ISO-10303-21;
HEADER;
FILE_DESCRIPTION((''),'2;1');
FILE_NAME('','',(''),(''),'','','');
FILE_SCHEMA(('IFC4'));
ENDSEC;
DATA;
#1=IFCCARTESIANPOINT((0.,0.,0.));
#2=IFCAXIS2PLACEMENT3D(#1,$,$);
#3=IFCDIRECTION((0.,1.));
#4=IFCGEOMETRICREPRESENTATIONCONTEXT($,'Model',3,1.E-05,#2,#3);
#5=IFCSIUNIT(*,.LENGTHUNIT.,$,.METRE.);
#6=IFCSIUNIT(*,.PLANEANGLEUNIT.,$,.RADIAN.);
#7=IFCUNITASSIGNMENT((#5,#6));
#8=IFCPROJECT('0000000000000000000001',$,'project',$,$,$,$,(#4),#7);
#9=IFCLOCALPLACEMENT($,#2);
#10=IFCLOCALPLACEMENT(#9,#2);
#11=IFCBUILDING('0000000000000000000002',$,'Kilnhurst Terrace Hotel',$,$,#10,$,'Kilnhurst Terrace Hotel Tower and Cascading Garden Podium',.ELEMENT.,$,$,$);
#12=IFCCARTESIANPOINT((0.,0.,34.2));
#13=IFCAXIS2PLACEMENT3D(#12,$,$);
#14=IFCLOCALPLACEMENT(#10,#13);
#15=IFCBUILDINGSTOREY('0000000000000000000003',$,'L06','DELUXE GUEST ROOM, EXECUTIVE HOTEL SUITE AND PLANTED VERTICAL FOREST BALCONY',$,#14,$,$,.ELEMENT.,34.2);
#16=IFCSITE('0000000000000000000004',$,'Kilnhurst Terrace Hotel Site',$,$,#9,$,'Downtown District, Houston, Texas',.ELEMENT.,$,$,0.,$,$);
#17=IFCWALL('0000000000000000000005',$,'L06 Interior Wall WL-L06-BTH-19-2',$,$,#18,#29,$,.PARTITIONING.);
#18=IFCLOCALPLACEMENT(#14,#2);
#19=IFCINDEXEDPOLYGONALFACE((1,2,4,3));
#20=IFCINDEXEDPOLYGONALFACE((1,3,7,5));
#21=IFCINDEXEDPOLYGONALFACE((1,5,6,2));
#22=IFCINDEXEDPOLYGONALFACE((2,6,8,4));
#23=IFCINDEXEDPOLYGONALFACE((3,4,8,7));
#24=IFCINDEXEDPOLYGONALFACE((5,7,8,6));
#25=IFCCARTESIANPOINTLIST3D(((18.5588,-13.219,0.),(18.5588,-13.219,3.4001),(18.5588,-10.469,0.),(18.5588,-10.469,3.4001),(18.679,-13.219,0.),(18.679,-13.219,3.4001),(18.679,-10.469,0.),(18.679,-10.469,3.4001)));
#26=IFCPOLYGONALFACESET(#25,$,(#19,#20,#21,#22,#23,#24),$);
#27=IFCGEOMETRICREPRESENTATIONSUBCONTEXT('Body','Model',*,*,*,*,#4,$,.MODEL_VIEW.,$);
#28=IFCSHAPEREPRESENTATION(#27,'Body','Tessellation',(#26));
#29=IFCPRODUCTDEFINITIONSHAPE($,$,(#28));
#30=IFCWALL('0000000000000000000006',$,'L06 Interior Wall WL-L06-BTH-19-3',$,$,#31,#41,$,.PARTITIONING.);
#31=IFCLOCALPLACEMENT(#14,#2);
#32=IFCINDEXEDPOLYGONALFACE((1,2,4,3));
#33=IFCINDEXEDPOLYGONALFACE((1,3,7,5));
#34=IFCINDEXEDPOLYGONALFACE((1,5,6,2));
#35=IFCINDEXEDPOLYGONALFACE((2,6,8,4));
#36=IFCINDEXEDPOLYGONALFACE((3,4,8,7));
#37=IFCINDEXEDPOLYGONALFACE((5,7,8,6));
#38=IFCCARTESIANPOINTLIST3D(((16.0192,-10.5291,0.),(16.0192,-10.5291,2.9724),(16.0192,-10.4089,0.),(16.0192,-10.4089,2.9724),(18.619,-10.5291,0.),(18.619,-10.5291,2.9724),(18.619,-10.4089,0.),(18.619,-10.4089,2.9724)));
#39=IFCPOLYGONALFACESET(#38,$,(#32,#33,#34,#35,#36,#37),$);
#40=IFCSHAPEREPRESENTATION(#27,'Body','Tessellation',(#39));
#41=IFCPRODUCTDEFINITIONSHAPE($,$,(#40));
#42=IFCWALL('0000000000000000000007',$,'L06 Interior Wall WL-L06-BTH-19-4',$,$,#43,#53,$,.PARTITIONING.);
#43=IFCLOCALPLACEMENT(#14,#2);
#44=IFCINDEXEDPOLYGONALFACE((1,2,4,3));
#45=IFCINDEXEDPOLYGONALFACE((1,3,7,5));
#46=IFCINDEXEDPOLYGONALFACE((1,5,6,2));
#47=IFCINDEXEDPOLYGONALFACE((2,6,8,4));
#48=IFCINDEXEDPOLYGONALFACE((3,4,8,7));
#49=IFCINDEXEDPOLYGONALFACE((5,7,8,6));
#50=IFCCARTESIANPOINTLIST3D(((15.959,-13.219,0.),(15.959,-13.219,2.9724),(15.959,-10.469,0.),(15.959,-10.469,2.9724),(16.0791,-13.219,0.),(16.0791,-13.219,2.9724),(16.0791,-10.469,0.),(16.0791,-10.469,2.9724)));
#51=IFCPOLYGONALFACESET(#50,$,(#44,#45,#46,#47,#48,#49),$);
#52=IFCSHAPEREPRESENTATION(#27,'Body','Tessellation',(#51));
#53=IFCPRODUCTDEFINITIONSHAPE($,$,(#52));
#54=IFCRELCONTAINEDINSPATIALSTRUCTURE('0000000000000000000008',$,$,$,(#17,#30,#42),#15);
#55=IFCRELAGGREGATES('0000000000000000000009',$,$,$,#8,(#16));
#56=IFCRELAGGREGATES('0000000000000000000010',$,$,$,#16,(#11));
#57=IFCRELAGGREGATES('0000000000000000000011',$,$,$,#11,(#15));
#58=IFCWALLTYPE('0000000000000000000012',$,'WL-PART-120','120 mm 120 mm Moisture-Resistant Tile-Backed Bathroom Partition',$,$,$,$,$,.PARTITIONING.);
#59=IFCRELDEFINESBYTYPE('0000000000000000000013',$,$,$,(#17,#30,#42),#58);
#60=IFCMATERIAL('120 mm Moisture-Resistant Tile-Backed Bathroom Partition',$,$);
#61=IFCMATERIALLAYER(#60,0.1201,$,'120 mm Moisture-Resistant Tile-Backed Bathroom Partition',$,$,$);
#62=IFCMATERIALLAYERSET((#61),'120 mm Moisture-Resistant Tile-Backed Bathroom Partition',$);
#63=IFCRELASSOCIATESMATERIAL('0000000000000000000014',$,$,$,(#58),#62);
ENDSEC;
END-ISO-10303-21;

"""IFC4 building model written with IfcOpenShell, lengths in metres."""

from ifc_helpers import new_model, si_unit, direction, frame, frame_2d, origin, place, context, subcontext, project, spatial, rectangle, extrude, material, layer, layer_set, type_object, element, save


model = new_model("IFC4")

# Units and contexts
model_context = context("Model", 3, precision=1e-05, world=origin(), true_north=direction((0.0, 1.0)))
body_context = subcontext(model_context, "Body", "Model", "MODEL_VIEW")
ifc_project = project(units=[si_unit("LENGTHUNIT", "METRE"), si_unit("PLANEANGLEUNIT", "RADIAN")], contexts=[model_context])

# Site, building, storey
site_placement = place(None, origin())
site = spatial("IfcSite", under=ifc_project, at=site_placement, Name="Kilnhurst Terrace Hotel Site", LongName="Downtown District, Houston, Texas", CompositionType="ELEMENT", RefElevation=0.0)
building_placement = place(site_placement, origin())
building = spatial("IfcBuilding", under=site, at=building_placement, Name="Kilnhurst Terrace Hotel", LongName="Kilnhurst Terrace Hotel Tower and Cascading Garden Podium", CompositionType="ELEMENT")
storey_placement = place(building_placement, frame((0.0, 0.0, 34.2)))
storey = spatial("IfcBuildingStorey", under=building, at=storey_placement, Name="L06", Description="DELUXE GUEST ROOM, EXECUTIVE HOTEL SUITE AND PLANTED VERTICAL FOREST BALCONY", CompositionType="ELEMENT", Elevation=34.2)

# Shared definitions
ifc_material_1 = material(Name="120 mm Moisture-Resistant Tile-Backed Bathroom Partition")
ifc_layer_1 = layer(ifc_material_1, 0.1201, Name="120 mm Moisture-Resistant Tile-Backed Bathroom Partition")
ifc_layer_set_1 = layer_set([ifc_layer_1], Name="120 mm Moisture-Resistant Tile-Backed Bathroom Partition")
wall_type_1 = type_object("IfcWallType", Name="WL-PART-120", Description="120 mm 120 mm Moisture-Resistant Tile-Backed Bathroom Partition", PredefinedType="PARTITIONING", material=ifc_layer_set_1)

# Walls
wall_1_placement = place(storey_placement, frame((18.6189, -13.219, 0.0), z_axis=(0.0, 0.0, 1.0), x_axis=(0.0, 1.0, 0.0)))
element("IfcWall", 1, at=wall_1_placement, inside=storey, type_object=wall_type_1, Name="L06 Interior Wall WL-L06-BTH-19-2", PredefinedType="PARTITIONING", context=body_context, shape_type="SweptSolid", body=[
    extrude(rectangle(XDim=2.75, YDim=0.1201, at=frame_2d((1.375, 0.0))), origin(), (0.0, 0.0, 1.0), 3.4001),
])
wall_2_placement = place(storey_placement, frame((18.6189, -10.469, 0.0), z_axis=(0.0, 0.0, 1.0), x_axis=(-1.0, 0.0, 0.0)))
element("IfcWall", 2, at=wall_2_placement, inside=storey, type_object=wall_type_1, Name="L06 Interior Wall WL-L06-BTH-19-3", PredefinedType="PARTITIONING", context=body_context, shape_type="SweptSolid", body=[
    extrude(rectangle(XDim=2.5999, YDim=0.1201, at=frame_2d((1.2998, 0.0))), origin(), (0.0, 0.0, 1.0), 2.9724),
])
wall_3_placement = place(storey_placement, frame((16.019, -10.469, 0.0), z_axis=(0.0, 0.0, 1.0), x_axis=(0.0, -1.0, 0.0)))
element("IfcWall", 3, at=wall_3_placement, inside=storey, type_object=wall_type_1, Name="L06 Interior Wall WL-L06-BTH-19-4", PredefinedType="PARTITIONING", context=body_context, shape_type="SweptSolid", body=[
    extrude(rectangle(XDim=2.75, YDim=0.1201, at=frame_2d((1.375, 0.0))), origin(), (0.0, 0.0, 1.0), 2.9724),
])

save(model, "model.ifc")
